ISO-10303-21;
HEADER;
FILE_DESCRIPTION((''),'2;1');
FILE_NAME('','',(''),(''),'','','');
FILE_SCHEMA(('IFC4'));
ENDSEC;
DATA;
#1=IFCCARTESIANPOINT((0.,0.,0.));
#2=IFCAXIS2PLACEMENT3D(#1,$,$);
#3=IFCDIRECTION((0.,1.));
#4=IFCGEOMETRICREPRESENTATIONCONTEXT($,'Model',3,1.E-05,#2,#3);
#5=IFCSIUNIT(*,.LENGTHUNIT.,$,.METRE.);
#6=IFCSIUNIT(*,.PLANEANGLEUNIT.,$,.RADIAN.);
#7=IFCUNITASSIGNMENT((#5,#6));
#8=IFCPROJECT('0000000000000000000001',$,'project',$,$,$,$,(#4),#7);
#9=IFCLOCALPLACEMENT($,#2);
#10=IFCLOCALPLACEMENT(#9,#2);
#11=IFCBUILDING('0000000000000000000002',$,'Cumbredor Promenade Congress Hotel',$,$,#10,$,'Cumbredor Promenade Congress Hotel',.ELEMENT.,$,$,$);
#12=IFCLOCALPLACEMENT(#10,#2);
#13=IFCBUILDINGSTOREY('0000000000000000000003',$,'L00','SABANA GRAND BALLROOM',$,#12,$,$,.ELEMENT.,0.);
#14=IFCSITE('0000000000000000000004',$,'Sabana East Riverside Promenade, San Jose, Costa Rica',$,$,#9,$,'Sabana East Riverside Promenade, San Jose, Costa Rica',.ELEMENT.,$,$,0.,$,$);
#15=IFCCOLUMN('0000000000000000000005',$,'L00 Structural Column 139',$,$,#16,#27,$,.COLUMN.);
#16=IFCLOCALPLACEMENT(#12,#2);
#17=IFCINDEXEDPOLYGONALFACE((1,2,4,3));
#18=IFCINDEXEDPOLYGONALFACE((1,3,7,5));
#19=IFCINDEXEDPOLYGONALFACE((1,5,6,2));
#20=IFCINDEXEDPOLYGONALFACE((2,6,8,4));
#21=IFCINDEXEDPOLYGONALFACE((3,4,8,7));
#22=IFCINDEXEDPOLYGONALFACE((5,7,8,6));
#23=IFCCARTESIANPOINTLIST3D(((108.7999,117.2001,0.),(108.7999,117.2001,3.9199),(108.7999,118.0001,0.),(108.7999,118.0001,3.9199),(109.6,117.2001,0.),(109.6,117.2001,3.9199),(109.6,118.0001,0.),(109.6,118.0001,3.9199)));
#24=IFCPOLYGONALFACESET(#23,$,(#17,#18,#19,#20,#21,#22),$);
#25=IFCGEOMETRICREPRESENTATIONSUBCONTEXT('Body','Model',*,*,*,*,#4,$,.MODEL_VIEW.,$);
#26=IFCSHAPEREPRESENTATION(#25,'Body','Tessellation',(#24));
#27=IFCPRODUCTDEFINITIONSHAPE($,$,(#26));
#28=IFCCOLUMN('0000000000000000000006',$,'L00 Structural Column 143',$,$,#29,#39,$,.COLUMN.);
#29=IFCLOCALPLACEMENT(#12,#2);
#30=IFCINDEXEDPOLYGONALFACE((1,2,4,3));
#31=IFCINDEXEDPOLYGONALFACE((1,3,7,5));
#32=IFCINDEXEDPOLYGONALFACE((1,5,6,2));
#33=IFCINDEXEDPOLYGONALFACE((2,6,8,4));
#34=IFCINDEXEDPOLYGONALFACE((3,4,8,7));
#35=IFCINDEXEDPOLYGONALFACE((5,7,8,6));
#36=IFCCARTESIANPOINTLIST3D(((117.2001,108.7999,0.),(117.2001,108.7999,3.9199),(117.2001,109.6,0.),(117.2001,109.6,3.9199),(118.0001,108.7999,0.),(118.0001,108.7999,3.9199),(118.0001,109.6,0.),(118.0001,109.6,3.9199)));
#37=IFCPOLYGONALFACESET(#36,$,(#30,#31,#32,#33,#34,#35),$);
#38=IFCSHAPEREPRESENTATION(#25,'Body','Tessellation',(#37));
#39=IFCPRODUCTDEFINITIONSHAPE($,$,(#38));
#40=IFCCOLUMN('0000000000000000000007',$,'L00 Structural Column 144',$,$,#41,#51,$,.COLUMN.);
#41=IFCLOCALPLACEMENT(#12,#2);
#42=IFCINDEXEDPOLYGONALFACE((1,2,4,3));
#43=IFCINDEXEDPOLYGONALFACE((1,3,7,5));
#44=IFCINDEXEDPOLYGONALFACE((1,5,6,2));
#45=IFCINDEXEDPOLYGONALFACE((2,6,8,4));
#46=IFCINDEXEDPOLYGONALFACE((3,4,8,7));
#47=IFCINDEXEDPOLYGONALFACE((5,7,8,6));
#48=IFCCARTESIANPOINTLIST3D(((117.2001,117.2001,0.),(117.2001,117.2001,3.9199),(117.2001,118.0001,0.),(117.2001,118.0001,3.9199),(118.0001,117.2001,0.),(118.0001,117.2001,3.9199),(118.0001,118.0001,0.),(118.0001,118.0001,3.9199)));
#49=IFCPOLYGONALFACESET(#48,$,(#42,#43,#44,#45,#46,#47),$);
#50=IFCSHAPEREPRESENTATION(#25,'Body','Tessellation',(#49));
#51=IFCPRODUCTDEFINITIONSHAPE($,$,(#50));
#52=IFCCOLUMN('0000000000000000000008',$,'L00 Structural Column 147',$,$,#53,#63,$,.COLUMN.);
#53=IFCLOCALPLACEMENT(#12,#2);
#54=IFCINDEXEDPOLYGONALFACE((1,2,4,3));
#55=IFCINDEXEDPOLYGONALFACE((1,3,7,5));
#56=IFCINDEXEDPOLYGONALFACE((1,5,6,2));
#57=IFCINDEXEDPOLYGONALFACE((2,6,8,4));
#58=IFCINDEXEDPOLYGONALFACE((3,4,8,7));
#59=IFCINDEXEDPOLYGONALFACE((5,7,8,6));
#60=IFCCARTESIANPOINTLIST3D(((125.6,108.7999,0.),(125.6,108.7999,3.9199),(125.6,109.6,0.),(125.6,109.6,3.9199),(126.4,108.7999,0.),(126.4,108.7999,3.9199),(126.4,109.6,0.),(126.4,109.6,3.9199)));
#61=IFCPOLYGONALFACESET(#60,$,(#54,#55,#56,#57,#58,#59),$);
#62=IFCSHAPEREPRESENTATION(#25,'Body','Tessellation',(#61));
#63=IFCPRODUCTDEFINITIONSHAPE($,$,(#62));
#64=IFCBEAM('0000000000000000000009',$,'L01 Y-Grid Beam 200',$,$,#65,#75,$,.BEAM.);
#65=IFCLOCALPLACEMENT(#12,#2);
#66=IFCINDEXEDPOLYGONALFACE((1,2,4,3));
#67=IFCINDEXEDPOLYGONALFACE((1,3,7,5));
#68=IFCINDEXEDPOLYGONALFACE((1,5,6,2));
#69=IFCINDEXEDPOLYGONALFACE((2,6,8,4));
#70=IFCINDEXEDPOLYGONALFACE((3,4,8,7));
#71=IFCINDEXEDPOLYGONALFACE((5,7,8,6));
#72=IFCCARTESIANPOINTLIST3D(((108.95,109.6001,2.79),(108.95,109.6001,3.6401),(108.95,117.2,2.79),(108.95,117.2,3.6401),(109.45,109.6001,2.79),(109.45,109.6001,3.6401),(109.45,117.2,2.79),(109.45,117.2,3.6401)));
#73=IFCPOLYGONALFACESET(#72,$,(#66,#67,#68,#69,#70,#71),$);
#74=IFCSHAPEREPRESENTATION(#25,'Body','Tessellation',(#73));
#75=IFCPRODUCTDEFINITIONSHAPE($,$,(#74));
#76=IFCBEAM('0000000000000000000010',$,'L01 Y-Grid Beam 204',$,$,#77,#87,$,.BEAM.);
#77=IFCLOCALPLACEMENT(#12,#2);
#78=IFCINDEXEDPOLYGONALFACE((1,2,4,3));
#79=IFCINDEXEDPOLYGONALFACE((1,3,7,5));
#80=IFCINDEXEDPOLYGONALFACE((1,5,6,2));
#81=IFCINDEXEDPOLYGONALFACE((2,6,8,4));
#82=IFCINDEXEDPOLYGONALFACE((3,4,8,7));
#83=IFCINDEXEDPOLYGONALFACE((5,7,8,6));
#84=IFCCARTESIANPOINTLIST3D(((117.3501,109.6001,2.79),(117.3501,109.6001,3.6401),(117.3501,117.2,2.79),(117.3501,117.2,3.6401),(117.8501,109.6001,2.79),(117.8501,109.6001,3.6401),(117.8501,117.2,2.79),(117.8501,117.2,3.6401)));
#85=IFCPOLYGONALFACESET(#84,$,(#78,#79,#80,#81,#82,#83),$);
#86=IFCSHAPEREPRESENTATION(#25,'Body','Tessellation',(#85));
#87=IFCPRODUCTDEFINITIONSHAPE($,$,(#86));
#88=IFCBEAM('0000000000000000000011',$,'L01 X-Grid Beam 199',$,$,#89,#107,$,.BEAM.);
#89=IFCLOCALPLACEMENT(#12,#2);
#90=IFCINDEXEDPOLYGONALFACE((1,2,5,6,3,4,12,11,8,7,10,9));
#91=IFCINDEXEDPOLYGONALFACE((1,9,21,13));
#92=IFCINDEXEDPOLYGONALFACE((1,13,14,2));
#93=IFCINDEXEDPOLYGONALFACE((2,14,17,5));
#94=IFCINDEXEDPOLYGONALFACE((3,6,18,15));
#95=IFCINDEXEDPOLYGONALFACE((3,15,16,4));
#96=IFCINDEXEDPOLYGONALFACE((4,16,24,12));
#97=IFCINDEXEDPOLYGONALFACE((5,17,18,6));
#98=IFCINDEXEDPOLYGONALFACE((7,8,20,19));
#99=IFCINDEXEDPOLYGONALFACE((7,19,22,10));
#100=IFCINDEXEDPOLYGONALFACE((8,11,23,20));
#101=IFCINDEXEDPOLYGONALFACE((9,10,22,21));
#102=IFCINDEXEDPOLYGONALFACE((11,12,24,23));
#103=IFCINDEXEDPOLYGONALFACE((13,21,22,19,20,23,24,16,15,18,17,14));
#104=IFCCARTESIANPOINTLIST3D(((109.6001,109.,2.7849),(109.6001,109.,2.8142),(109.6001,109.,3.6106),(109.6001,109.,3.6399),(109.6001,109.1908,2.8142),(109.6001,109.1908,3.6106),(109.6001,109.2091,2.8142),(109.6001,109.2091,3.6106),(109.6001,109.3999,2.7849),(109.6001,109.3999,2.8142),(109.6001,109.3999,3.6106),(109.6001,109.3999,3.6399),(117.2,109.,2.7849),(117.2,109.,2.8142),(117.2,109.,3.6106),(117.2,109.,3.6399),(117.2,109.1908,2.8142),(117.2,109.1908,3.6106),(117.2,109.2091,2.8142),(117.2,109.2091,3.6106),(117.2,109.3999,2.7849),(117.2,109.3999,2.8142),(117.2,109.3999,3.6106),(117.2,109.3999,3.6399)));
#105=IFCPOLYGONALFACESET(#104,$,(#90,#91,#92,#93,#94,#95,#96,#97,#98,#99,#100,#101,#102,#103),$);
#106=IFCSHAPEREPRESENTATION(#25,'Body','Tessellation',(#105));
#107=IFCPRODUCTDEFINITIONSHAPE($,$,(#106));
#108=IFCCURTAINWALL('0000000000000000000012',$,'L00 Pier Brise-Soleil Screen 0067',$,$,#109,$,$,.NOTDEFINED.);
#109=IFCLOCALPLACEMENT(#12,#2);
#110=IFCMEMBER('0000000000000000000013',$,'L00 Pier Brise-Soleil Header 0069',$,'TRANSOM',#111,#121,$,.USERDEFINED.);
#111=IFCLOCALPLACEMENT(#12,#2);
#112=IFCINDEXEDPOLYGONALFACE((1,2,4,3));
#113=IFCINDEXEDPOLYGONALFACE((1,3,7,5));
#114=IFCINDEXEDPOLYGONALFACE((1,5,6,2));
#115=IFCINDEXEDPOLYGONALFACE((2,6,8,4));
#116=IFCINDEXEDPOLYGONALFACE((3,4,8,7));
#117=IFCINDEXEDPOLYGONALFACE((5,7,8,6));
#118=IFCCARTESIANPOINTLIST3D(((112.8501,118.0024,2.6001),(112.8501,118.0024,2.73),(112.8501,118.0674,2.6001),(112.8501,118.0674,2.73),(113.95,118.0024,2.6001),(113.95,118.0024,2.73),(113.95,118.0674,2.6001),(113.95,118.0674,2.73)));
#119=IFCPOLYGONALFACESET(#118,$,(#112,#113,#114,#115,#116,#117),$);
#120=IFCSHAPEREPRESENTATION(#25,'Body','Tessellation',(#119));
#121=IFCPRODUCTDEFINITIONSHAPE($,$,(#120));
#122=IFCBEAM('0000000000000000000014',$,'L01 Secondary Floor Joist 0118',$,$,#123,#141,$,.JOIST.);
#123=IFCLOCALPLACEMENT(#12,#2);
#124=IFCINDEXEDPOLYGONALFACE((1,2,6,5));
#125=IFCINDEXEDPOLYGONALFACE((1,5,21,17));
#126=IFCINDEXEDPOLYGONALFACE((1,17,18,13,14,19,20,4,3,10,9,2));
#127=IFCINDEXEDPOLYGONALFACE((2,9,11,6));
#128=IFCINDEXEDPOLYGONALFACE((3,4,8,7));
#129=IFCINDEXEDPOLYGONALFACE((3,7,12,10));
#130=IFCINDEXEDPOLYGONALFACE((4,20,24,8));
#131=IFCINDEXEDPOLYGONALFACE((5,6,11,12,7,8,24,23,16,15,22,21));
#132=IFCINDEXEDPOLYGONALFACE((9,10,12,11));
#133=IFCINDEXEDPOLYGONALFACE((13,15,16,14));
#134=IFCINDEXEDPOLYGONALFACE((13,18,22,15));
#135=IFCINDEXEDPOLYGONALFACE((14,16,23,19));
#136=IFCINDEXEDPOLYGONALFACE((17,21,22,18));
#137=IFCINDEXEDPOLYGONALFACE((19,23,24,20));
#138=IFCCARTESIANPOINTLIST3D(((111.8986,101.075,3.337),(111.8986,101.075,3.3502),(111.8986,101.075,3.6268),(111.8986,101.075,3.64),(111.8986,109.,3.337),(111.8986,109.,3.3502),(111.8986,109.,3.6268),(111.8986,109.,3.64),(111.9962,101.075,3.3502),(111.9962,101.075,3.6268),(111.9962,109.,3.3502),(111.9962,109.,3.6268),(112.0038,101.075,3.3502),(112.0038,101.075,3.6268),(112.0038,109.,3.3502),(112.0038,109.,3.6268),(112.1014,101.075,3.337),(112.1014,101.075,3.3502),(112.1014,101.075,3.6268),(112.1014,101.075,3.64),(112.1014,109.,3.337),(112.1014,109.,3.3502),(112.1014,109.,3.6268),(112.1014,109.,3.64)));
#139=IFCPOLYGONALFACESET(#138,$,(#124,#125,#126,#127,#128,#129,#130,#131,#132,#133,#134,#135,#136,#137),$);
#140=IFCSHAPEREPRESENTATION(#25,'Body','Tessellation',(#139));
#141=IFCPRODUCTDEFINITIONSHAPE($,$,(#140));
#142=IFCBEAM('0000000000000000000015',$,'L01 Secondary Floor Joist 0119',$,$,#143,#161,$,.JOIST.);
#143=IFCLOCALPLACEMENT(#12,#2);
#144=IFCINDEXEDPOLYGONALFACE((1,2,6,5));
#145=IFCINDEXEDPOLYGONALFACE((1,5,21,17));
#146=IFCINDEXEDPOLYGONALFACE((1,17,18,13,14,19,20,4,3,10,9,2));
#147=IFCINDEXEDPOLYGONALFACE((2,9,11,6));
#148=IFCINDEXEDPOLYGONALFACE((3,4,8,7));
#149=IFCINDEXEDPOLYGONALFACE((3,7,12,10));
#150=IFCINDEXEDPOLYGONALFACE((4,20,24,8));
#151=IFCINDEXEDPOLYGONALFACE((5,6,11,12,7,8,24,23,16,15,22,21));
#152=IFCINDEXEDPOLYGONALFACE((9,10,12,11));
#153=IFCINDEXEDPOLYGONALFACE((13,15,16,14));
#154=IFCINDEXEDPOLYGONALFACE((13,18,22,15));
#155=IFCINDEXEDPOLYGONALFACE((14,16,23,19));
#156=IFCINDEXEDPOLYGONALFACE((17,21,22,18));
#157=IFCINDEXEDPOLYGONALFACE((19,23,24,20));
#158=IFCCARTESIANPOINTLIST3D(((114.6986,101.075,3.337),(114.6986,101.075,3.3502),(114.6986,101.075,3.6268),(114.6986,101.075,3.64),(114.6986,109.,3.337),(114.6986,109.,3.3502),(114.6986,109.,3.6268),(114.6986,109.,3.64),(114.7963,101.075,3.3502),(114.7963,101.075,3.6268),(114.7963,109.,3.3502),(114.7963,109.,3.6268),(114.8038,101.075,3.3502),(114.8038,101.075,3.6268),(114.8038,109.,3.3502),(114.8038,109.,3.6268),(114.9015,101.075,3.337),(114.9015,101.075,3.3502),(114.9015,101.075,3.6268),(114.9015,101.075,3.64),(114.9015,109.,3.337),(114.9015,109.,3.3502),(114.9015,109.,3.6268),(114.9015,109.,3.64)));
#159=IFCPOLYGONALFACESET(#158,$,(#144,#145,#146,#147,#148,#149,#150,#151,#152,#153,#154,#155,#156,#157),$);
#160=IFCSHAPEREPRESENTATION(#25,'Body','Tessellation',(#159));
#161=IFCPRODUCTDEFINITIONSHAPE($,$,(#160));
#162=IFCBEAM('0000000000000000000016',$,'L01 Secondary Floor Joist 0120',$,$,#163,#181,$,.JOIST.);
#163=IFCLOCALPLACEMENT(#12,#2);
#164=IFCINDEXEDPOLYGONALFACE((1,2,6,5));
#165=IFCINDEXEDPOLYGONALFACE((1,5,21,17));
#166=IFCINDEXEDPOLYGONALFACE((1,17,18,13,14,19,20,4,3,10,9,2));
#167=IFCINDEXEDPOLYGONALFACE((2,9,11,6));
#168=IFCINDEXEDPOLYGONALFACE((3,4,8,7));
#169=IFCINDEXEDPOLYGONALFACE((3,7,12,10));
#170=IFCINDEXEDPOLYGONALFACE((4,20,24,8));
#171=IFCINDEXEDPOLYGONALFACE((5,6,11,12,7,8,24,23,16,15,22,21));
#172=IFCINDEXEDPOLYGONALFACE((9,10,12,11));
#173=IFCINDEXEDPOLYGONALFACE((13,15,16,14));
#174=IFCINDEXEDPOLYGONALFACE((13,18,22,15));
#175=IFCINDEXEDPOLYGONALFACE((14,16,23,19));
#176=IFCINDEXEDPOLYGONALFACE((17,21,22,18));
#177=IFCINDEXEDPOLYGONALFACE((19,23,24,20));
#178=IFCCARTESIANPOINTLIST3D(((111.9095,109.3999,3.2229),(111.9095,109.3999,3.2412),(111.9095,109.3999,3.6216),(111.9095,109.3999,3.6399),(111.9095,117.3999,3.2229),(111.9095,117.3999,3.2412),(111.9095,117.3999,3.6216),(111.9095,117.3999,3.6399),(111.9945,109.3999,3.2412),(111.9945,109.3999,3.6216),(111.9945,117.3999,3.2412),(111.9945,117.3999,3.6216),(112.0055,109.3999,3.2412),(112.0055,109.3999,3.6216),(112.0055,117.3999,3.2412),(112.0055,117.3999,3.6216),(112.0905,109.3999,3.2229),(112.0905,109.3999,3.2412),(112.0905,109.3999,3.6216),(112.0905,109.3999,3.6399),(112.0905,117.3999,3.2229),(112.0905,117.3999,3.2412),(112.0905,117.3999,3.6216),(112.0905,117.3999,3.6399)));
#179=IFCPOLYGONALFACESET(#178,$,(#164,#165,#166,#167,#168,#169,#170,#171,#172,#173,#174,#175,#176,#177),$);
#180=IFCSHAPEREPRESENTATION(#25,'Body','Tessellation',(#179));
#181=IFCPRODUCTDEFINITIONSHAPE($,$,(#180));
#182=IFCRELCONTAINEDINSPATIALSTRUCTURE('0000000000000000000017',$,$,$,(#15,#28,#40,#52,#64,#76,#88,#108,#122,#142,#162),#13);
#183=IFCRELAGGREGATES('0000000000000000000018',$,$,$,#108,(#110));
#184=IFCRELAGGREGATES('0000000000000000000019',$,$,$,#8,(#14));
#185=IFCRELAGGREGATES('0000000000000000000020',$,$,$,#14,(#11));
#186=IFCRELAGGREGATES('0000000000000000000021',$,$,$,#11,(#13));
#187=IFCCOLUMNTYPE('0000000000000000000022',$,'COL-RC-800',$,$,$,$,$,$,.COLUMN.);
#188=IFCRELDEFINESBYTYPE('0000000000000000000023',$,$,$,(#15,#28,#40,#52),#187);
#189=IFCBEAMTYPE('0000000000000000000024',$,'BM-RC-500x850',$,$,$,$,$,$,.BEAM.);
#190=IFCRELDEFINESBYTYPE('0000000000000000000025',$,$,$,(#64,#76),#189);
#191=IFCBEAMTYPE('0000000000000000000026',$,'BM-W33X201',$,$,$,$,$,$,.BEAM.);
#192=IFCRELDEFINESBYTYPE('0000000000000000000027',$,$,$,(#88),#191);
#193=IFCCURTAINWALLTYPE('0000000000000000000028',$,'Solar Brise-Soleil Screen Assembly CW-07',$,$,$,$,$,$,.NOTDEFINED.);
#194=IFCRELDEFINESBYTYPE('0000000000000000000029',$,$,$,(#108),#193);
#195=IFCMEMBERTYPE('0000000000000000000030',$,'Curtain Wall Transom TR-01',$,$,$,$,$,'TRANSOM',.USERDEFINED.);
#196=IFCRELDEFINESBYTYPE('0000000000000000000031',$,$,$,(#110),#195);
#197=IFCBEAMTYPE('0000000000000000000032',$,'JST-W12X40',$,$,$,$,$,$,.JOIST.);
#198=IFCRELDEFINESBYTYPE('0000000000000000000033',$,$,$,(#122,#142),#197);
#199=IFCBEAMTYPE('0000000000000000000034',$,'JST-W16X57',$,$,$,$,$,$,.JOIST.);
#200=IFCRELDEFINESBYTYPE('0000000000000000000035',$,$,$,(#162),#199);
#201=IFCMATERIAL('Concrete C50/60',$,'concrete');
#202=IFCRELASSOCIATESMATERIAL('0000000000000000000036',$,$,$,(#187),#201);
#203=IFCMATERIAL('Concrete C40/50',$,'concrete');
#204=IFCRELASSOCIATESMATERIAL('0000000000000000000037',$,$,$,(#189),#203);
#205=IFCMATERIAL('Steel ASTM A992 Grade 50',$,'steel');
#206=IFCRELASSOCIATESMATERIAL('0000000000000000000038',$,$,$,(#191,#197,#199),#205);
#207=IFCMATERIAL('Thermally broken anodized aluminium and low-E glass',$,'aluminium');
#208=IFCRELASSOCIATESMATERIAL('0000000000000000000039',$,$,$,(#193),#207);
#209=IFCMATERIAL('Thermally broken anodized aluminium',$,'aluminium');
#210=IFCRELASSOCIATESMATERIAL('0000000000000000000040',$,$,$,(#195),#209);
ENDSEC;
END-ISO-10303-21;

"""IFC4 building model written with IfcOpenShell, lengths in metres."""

from ifc_helpers import new_model, si_unit, direction, frame, origin, origin_2d, place, context, subcontext, project, spatial, rectangle, i_section, extrude, material, material_profile, profile_set, type_object, element, aggregate, save


model = new_model("IFC4")

# Units and contexts
model_context = context("Model", 3, precision=1e-05, world=origin(), true_north=direction((0.0, 1.0)))
body_context = subcontext(model_context, "Body", "Model", "MODEL_VIEW")
ifc_project = project(units=[si_unit("LENGTHUNIT", "METRE"), si_unit("PLANEANGLEUNIT", "RADIAN")], contexts=[model_context])

# Site, building, storey
site_placement = place(None, origin())
site = spatial("IfcSite", under=ifc_project, at=site_placement, Name="Sabana East Riverside Promenade, San Jose, Costa Rica", LongName="Sabana East Riverside Promenade, San Jose, Costa Rica", CompositionType="ELEMENT", RefElevation=0.0)
building_placement = place(site_placement, origin())
building = spatial("IfcBuilding", under=site, at=building_placement, Name="Cumbredor Promenade Congress Hotel", LongName="Cumbredor Promenade Congress Hotel", CompositionType="ELEMENT")
storey_placement = place(building_placement, origin())
storey = spatial("IfcBuildingStorey", under=building, at=storey_placement, Name="L00", Description="SABANA GRAND BALLROOM", CompositionType="ELEMENT", Elevation=0.0)

# Columns
ifc_material_1 = material(Name="Concrete C50/60", Category="concrete")
ifc_material_profile_1 = material_profile(ifc_material_1, rectangle(XDim=0.8, YDim=0.8, at=origin_2d()), Name="RC 800x800")
ifc_profile_set_1 = profile_set([ifc_material_profile_1], Name="Concrete C50/60")
column_type = type_object("IfcColumnType", Name="COL-RC-800", PredefinedType="COLUMN", material=ifc_profile_set_1)
for number, where, z_axis, x_axis, name in (
    (1, (109.2, 117.6001, 0.0), (0.0, 0.0, 1.0), (1.0, 0.0, 0.0), "L00 Structural Column 139"),
    (2, (117.6001, 109.2, 0.0), (0.0, 0.0, 1.0), (1.0, 0.0, 0.0), "L00 Structural Column 143"),
    (3, (117.6001, 117.6001, 0.0), (0.0, 0.0, 1.0), (1.0, 0.0, 0.0), "L00 Structural Column 144"),
    (4, (126.0, 109.2, 0.0), (0.0, 0.0, 1.0), (1.0, 0.0, 0.0), "L00 Structural Column 147"),
):
    element("IfcColumn", number, at=place(storey_placement, frame(where, z_axis=z_axis, x_axis=x_axis)), inside=storey, type_object=column_type, Name=name, PredefinedType="COLUMN", context=body_context, shape_type="SweptSolid", body=[
        extrude(rectangle(XDim=0.8, YDim=0.8, at=origin_2d()), origin(), (0.0, 0.0, 1.0), 3.9199),
    ])

# Beams
ifc_material_2 = material(Name="Concrete C40/50", Category="concrete")
ifc_material_profile_2 = material_profile(ifc_material_2, rectangle(XDim=0.5, YDim=0.8501, at=origin_2d()), Name="RC BEAM 500x850")
ifc_profile_set_2 = profile_set([ifc_material_profile_2], Name="Concrete C40/50")
beam_type_1 = type_object("IfcBeamType", Name="BM-RC-500x850", PredefinedType="BEAM", material=ifc_profile_set_2)
for number, where, z_axis, x_axis, name in (
    (5, (109.2, 109.6001, 3.2151), (0.0, 1.0, 0.0), (-1.0, 0.0, 0.0), "L01 Y-Grid Beam 200"),
    (6, (117.6001, 109.6001, 3.2151), (0.0, 1.0, 0.0), (-1.0, 0.0, 0.0), "L01 Y-Grid Beam 204"),
):
    element("IfcBeam", number, at=place(storey_placement, frame(where, z_axis=z_axis, x_axis=x_axis)), inside=storey, type_object=beam_type_1, Name=name, PredefinedType="BEAM", context=body_context, shape_type="SweptSolid", body=[
        extrude(rectangle(XDim=0.5, YDim=0.8501, at=origin_2d()), origin(), (0.0, 0.0, 1.0), 7.5999),
    ])
ifc_material_3 = material(Name="Steel ASTM A992 Grade 50", Category="steel")
ifc_material_profile_3 = material_profile(ifc_material_3, i_section(OverallWidth=0.3999, OverallDepth=0.855, WebThickness=0.0183, FlangeThickness=0.0293, at=origin_2d()), Name="W33X201")
ifc_profile_set_3 = profile_set([ifc_material_profile_3], Name="Steel ASTM A992 Grade 50")
beam_type_2 = type_object("IfcBeamType", Name="BM-W33X201", PredefinedType="BEAM", material=ifc_profile_set_3)
beam_1_placement = place(storey_placement, frame((109.6001, 109.2, 3.2124), z_axis=(1.0, 0.0, 0.0), x_axis=(0.0, 1.0, 0.0)))
element("IfcBeam", 7, at=beam_1_placement, inside=storey, type_object=beam_type_2, Name="L01 X-Grid Beam 199", PredefinedType="BEAM", context=body_context, shape_type="SweptSolid", body=[
    extrude(i_section(OverallWidth=0.3999, OverallDepth=0.855, WebThickness=0.0183, FlangeThickness=0.0293, at=origin_2d()), origin(), (0.0, 0.0, 1.0), 7.5999),
])

# Curtain wall, member
ifc_material_4 = material(Name="Thermally broken anodized aluminium and low-E glass", Category="aluminium")
curtain_wall_type = type_object("IfcCurtainWallType", Name="Solar Brise-Soleil Screen Assembly CW-07", PredefinedType="NOTDEFINED", material=ifc_material_4)
curtain_wall_placement = place(storey_placement, origin())
curtain_wall = element("IfcCurtainWall", 8, at=curtain_wall_placement, inside=storey, type_object=curtain_wall_type, Name="L00 Pier Brise-Soleil Screen 0067", PredefinedType="NOTDEFINED")
ifc_material_5 = material(Name="Thermally broken anodized aluminium", Category="aluminium")
ifc_material_profile_4 = material_profile(ifc_material_5, rectangle(XDim=0.0649, YDim=0.1299, at=origin_2d()), Name="ALU TRANSOM 65x130")
ifc_profile_set_4 = profile_set([ifc_material_profile_4], Name="Thermally broken anodized aluminium")
member_type_1 = type_object("IfcMemberType", Name="Curtain Wall Transom TR-01", ElementType="TRANSOM", PredefinedType="USERDEFINED", material=ifc_profile_set_4)
member_1_placement = place(storey_placement, frame((112.8501, 118.0349, 2.665), z_axis=(1.0, 0.0, 0.0), x_axis=(0.0, 1.0, 0.0)))
member_1 = element("IfcMember", 9, at=member_1_placement, type_object=member_type_1, Name="L00 Pier Brise-Soleil Header 0069", ObjectType="TRANSOM", PredefinedType="USERDEFINED", context=body_context, shape_type="SweptSolid", body=[
    extrude(rectangle(XDim=0.0649, YDim=0.1299, at=origin_2d()), origin(), (0.0, 0.0, 1.0), 1.0999),
])

# Beams
ifc_material_profile_5 = material_profile(ifc_material_3, i_section(OverallWidth=0.2029, OverallDepth=0.303, WebThickness=0.0076, FlangeThickness=0.0132, at=origin_2d()), Name="W12X40")
ifc_profile_set_5 = profile_set([ifc_material_profile_5], Name="Steel ASTM A992 Grade 50")
beam_type_3 = type_object("IfcBeamType", Name="JST-W12X40", PredefinedType="JOIST", material=ifc_profile_set_5)
for number, where, z_axis, x_axis, name in (
    (10, (112.0, 101.075, 3.4885), (0.0, 1.0, 0.0), (-1.0, 0.0, 0.0), "L01 Secondary Floor Joist 0118"),
    (11, (114.8, 101.075, 3.4885), (0.0, 1.0, 0.0), (-1.0, 0.0, 0.0), "L01 Secondary Floor Joist 0119"),
):
    element("IfcBeam", number, at=place(storey_placement, frame(where, z_axis=z_axis, x_axis=x_axis)), inside=storey, type_object=beam_type_3, Name=name, PredefinedType="JOIST", context=body_context, shape_type="SweptSolid", body=[
        extrude(i_section(OverallWidth=0.2029, OverallDepth=0.303, WebThickness=0.0076, FlangeThickness=0.0132, at=origin_2d()), origin(), (0.0, 0.0, 1.0), 7.925),
    ])
ifc_material_profile_6 = material_profile(ifc_material_3, i_section(OverallWidth=0.1809, OverallDepth=0.417, WebThickness=0.011, FlangeThickness=0.0183, at=origin_2d()), Name="W16X57")
ifc_profile_set_6 = profile_set([ifc_material_profile_6], Name="Steel ASTM A992 Grade 50")
beam_type_4 = type_object("IfcBeamType", Name="JST-W16X57", PredefinedType="JOIST", material=ifc_profile_set_6)
for number, where, z_axis, x_axis, name in (
    (12, (112.0, 109.3999, 3.4314), (0.0, 1.0, 0.0), (-1.0, 0.0, 0.0), "L01 Secondary Floor Joist 0120"),
):
    element("IfcBeam", number, at=place(storey_placement, frame(where, z_axis=z_axis, x_axis=x_axis)), inside=storey, type_object=beam_type_4, Name=name, PredefinedType="JOIST", context=body_context, shape_type="SweptSolid", body=[
        extrude(i_section(OverallWidth=0.1809, OverallDepth=0.417, WebThickness=0.011, FlangeThickness=0.0183, at=origin_2d()), origin(), (0.0, 0.0, 1.0), 8.0),
    ])

aggregate(curtain_wall, [member_1])

save(model, "model.ifc")
